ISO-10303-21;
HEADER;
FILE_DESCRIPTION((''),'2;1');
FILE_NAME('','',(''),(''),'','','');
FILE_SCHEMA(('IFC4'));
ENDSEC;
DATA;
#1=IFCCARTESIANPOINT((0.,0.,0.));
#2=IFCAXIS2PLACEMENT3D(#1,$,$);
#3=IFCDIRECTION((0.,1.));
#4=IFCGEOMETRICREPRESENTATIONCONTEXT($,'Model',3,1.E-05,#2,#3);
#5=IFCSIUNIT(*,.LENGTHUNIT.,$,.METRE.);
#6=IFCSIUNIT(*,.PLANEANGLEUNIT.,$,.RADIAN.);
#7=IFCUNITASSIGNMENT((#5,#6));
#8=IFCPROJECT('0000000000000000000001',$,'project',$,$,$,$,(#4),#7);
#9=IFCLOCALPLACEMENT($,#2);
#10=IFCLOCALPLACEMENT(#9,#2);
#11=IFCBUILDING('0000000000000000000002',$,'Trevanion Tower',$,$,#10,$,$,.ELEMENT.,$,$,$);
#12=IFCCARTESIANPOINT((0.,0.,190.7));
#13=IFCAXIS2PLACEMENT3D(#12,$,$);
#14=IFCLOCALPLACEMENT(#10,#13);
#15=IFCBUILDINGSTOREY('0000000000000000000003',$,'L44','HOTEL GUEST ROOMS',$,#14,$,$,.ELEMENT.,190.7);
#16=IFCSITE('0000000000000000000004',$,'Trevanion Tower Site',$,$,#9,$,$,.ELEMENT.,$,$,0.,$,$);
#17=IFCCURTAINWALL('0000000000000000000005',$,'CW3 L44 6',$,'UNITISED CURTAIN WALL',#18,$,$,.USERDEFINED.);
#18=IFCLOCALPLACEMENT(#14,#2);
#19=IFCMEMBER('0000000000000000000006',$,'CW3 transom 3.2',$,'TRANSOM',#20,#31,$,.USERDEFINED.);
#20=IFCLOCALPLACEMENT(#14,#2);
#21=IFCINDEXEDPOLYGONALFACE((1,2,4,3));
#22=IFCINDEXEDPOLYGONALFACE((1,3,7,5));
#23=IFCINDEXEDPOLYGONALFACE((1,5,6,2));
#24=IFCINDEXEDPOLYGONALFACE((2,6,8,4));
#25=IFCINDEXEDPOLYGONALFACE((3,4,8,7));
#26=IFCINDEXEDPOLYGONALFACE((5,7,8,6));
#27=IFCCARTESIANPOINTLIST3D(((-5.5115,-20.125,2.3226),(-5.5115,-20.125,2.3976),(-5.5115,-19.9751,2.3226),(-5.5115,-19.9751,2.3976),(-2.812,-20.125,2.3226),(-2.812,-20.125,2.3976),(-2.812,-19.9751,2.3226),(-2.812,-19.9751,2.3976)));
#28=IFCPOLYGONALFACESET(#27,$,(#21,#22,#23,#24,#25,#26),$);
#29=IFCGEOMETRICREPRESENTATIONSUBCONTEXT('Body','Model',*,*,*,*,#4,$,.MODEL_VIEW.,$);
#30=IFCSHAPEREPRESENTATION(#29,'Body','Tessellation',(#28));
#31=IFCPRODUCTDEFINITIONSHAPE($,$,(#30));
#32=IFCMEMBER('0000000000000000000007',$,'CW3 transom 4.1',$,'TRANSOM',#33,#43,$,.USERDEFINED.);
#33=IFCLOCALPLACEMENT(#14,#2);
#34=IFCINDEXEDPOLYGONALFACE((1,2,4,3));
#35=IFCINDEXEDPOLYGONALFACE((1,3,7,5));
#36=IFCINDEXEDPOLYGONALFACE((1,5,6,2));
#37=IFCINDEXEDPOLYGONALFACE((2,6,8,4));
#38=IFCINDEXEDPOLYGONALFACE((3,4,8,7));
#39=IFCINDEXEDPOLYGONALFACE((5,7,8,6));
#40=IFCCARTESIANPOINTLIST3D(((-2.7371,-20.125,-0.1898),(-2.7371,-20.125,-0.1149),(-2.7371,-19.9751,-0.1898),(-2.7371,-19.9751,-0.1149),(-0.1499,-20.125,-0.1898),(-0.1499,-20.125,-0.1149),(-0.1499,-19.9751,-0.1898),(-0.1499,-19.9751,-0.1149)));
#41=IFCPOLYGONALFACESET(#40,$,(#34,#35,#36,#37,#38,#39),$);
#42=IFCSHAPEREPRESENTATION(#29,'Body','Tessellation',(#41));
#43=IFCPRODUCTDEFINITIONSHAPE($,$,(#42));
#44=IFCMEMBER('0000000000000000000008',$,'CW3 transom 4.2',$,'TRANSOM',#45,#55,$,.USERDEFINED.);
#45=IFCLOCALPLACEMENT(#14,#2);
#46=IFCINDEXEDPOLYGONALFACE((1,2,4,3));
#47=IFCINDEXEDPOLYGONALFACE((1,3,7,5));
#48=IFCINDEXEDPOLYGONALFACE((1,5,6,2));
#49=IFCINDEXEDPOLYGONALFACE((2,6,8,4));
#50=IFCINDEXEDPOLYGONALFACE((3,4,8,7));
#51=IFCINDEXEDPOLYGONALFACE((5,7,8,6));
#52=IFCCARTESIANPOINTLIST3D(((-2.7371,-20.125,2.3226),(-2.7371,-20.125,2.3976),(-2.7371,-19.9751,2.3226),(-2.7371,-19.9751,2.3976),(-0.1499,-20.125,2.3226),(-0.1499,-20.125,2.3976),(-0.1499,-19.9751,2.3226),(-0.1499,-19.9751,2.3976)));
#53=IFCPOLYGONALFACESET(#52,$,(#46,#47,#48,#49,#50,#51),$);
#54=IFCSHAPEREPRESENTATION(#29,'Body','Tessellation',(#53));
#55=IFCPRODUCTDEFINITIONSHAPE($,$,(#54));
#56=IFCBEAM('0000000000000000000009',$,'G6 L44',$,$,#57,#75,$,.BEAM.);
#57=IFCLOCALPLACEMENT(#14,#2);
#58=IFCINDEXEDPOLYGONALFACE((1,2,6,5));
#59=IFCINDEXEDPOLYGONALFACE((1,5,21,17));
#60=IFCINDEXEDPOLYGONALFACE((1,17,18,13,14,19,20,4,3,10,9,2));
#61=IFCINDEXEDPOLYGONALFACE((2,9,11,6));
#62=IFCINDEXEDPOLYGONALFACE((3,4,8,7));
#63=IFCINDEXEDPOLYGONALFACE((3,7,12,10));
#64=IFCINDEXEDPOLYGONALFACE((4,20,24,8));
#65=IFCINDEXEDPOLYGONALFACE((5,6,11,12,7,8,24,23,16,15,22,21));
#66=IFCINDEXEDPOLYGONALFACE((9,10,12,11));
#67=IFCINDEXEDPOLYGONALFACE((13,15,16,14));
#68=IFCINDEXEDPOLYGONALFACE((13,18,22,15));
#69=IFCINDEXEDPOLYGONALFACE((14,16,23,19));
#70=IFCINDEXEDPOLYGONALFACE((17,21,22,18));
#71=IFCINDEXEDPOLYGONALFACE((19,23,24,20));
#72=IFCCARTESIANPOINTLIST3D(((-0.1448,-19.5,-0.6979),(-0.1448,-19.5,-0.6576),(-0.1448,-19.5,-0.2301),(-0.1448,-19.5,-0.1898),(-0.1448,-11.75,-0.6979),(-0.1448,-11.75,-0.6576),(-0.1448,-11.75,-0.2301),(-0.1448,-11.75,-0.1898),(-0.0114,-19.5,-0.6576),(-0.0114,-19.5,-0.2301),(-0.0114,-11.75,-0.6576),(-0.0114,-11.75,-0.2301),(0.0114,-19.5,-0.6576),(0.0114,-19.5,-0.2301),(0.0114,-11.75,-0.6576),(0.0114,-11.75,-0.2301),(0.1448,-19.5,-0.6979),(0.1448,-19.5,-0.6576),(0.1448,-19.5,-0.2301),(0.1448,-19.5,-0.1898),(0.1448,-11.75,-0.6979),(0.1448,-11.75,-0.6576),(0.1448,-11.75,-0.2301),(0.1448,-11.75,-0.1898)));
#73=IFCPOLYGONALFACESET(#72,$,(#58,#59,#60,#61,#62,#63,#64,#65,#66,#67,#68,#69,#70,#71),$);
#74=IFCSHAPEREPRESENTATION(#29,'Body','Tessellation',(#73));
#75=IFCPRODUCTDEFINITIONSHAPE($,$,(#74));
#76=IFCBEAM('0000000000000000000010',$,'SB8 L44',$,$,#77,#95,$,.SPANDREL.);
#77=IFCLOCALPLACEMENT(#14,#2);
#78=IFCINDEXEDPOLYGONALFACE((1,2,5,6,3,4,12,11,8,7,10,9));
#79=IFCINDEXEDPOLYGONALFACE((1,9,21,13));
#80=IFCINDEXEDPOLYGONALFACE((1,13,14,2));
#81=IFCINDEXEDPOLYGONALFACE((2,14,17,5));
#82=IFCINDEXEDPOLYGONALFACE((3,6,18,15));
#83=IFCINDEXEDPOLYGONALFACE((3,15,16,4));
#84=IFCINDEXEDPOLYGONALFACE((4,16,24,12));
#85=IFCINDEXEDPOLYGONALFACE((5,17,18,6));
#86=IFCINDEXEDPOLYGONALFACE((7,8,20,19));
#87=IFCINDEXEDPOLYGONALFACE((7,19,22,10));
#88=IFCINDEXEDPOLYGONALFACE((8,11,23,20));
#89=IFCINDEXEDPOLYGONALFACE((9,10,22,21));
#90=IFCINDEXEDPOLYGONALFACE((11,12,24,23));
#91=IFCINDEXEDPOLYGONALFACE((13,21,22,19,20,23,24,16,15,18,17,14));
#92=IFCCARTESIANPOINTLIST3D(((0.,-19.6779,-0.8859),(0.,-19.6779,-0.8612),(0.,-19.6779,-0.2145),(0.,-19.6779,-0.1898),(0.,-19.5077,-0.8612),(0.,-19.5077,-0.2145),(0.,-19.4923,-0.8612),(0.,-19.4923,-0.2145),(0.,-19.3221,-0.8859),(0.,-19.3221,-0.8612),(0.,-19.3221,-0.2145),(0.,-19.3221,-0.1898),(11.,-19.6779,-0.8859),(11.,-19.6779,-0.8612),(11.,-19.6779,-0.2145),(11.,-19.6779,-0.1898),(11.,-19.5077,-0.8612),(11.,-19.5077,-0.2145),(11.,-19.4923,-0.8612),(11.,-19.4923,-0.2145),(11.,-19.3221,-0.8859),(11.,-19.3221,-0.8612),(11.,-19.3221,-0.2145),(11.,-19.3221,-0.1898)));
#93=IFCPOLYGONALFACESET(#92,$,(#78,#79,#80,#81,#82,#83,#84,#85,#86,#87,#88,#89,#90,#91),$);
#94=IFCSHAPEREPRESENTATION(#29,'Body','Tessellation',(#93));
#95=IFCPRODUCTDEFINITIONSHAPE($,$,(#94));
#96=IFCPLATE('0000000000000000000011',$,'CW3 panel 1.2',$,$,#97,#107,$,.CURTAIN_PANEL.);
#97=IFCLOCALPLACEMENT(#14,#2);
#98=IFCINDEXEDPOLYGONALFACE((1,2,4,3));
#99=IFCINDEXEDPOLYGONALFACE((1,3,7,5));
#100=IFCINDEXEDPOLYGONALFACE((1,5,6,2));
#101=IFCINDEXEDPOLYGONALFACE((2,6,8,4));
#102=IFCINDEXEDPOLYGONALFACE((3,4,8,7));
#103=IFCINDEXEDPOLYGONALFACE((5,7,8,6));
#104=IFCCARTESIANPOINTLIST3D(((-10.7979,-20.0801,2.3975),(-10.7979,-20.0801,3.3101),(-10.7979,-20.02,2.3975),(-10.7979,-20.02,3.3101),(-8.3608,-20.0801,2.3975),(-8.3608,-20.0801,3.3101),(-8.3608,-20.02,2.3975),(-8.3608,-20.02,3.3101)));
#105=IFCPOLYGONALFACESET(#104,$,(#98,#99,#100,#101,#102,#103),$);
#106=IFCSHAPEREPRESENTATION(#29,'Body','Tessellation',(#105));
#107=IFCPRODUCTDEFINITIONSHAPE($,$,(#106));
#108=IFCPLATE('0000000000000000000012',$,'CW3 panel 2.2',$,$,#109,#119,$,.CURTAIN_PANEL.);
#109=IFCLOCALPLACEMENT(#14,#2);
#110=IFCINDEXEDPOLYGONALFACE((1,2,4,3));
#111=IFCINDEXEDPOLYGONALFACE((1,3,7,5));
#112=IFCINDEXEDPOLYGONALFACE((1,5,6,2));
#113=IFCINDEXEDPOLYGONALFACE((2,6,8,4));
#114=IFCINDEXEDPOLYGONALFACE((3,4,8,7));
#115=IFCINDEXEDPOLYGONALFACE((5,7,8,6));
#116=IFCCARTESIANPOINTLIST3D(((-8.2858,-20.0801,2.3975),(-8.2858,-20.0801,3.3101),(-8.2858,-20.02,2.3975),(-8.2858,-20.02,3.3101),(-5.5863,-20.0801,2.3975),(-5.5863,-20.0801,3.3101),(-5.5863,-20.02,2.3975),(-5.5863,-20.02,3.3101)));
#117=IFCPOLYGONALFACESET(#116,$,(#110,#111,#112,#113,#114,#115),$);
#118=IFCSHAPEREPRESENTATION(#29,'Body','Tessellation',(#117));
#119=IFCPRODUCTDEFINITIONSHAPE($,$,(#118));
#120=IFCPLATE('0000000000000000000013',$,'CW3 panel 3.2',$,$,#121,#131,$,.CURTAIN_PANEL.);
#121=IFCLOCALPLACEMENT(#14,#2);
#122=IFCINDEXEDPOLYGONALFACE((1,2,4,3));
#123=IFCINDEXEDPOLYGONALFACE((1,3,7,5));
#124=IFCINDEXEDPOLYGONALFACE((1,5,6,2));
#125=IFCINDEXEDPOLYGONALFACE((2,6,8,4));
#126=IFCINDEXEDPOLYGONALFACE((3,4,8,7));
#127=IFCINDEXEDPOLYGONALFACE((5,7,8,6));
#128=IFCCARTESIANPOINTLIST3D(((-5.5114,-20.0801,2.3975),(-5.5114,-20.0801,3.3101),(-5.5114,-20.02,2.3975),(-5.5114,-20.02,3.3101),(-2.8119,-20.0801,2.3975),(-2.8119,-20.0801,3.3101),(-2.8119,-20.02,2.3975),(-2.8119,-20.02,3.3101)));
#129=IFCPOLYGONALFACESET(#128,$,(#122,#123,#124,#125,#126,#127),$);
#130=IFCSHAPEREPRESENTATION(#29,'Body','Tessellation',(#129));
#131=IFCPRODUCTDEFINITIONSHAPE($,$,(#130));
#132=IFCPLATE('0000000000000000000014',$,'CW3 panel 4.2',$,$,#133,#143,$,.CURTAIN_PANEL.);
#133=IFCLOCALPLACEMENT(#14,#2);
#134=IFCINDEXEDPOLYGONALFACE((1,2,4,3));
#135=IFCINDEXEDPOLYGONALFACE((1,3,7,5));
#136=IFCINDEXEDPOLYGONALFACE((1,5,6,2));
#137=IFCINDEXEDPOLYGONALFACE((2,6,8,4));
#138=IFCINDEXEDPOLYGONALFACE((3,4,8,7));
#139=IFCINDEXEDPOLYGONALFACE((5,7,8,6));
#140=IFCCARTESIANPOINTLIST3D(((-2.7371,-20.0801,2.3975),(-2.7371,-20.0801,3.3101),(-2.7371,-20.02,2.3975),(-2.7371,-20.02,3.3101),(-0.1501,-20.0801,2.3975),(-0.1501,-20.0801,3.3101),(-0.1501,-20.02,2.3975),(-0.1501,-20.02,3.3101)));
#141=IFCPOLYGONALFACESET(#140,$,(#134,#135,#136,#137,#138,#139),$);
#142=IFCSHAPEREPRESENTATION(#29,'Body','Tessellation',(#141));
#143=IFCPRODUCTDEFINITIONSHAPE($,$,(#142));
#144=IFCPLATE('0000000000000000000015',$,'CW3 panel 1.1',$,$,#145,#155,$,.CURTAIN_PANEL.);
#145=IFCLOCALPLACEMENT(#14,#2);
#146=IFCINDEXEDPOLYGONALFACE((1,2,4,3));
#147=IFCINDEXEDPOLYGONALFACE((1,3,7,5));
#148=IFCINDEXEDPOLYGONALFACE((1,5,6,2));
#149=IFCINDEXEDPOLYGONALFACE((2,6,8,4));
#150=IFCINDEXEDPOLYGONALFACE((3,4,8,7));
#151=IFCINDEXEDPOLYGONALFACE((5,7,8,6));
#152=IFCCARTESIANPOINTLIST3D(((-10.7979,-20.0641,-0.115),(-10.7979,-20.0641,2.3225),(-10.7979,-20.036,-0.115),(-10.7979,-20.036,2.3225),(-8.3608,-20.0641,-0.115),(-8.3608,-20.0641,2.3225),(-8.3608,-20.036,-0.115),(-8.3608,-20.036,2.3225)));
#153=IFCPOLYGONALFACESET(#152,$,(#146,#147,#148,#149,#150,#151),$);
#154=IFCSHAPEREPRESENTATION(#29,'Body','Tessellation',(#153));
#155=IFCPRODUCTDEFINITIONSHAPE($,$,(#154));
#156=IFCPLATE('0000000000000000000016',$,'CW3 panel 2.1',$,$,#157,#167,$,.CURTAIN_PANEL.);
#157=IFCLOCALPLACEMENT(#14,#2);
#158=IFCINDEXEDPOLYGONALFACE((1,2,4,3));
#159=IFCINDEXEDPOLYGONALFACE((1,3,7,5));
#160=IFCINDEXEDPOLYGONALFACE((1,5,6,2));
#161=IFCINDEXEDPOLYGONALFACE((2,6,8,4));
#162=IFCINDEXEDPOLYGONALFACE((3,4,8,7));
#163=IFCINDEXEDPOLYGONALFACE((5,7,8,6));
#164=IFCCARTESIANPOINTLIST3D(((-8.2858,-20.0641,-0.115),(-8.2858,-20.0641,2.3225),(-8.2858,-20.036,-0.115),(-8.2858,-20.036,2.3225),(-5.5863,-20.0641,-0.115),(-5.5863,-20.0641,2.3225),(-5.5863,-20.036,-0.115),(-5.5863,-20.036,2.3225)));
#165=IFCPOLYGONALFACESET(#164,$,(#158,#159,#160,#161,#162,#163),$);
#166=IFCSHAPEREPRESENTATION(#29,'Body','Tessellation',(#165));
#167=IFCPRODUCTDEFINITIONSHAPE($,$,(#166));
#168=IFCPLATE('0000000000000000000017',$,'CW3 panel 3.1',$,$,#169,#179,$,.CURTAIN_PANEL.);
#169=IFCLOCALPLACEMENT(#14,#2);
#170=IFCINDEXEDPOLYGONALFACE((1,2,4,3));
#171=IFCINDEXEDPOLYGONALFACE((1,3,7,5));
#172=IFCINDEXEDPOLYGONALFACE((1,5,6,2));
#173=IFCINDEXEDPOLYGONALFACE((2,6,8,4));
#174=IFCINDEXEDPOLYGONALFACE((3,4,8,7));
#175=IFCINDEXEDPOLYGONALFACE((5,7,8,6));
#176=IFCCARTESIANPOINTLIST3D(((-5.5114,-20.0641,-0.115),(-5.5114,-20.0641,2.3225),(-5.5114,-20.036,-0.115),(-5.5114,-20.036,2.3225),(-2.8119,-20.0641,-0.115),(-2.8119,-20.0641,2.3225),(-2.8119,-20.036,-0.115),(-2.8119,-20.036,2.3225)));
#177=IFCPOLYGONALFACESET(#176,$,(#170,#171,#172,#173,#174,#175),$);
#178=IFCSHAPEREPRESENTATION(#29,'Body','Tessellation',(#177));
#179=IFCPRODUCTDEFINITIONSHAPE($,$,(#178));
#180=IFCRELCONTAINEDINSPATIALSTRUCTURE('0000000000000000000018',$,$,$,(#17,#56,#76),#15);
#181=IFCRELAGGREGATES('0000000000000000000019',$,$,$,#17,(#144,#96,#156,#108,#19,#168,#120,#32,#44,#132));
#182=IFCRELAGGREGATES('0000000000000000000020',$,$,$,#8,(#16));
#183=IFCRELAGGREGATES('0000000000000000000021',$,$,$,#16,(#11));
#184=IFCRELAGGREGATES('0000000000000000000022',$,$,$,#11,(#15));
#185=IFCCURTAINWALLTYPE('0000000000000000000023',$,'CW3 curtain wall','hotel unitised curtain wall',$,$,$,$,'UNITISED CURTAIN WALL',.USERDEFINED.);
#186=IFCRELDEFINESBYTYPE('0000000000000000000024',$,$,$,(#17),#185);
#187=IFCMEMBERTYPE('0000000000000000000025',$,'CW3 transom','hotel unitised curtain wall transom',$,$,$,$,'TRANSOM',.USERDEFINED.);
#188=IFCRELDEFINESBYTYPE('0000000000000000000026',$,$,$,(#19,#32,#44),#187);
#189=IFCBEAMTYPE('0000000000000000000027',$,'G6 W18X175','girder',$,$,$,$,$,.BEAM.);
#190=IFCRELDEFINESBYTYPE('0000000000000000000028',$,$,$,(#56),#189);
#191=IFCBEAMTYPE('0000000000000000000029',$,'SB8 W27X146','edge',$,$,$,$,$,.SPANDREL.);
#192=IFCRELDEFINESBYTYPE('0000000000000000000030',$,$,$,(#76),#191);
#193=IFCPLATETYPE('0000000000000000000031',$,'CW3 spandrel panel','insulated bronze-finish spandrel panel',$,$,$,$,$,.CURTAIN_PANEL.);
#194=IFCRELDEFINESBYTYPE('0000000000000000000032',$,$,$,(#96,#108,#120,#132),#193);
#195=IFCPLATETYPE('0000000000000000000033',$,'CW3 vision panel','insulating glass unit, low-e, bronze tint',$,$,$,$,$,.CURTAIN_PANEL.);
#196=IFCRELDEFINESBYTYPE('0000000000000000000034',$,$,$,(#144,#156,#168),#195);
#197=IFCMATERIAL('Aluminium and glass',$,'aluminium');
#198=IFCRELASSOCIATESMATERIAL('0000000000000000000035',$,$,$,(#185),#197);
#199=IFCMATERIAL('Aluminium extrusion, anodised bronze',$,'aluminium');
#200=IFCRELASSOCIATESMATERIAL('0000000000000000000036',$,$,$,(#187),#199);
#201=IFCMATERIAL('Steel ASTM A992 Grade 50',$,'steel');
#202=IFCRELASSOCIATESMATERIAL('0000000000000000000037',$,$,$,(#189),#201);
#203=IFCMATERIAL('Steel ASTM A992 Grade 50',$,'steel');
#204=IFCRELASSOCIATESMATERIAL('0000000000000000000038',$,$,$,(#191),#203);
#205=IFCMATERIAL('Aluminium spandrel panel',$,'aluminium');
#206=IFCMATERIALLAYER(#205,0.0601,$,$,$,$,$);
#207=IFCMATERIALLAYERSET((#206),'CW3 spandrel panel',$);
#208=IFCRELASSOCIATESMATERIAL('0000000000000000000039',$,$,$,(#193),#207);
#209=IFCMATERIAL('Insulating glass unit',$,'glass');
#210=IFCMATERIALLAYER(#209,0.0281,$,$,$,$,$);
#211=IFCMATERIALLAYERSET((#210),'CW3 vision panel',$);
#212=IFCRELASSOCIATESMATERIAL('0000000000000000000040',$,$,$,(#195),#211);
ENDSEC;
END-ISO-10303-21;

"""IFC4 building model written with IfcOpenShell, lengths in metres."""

from ifc_helpers import new_model, si_unit, direction, frame, origin, origin_2d, place, context, subcontext, project, spatial, rectangle, i_section, extrude, material, layer, layer_set, material_profile, profile_set, type_object, element, aggregate, save


model = new_model("IFC4")

# Units and contexts
model_context = context("Model", 3, precision=1e-05, world=origin(), true_north=direction((0.0, 1.0)))
body_context = subcontext(model_context, "Body", "Model", "MODEL_VIEW")
ifc_project = project(units=[si_unit("LENGTHUNIT", "METRE"), si_unit("PLANEANGLEUNIT", "RADIAN")], contexts=[model_context])

# Site, building, storey
site_placement = place(None, origin())
site = spatial("IfcSite", under=ifc_project, at=site_placement, Name="Trevanion Tower Site", CompositionType="ELEMENT", RefElevation=0.0)
building_placement = place(site_placement, origin())
building = spatial("IfcBuilding", under=site, at=building_placement, Name="Trevanion Tower", CompositionType="ELEMENT")
storey_placement = place(building_placement, frame((0.0, 0.0, 190.7)))
storey = spatial("IfcBuildingStorey", under=building, at=storey_placement, Name="L44", Description="HOTEL GUEST ROOMS", CompositionType="ELEMENT", Elevation=190.7)

# Curtain wall, members
ifc_material_1 = material(Name="Aluminium and glass", Category="aluminium")
curtain_wall_type = type_object("IfcCurtainWallType", Name="CW3 curtain wall", Description="hotel unitised curtain wall", ElementType="UNITISED CURTAIN WALL", PredefinedType="USERDEFINED", material=ifc_material_1)
curtain_wall_placement = place(storey_placement, origin())
curtain_wall = element("IfcCurtainWall", 1, at=curtain_wall_placement, inside=storey, type_object=curtain_wall_type, Name="CW3 L44 6", ObjectType="UNITISED CURTAIN WALL", PredefinedType="USERDEFINED")
ifc_material_2 = material(Name="Aluminium extrusion, anodised bronze", Category="aluminium")
ifc_material_profile_1 = material_profile(ifc_material_2, rectangle(XDim=0.1499, YDim=0.075, at=origin_2d()), Name="CW3 transom")
ifc_profile_set_1 = profile_set([ifc_material_profile_1], Name="Aluminium extrusion, anodised bronze")
member_type_1 = type_object("IfcMemberType", Name="CW3 transom", Description="hotel unitised curtain wall transom", ElementType="TRANSOM", PredefinedType="USERDEFINED", material=ifc_profile_set_1)
member_1_placement = place(storey_placement, frame((-5.5115, -20.05, 2.3601), z_axis=(1.0, 0.0, 0.0), x_axis=(0.0, 1.0, 0.0)))
member_1 = element("IfcMember", 2, at=member_1_placement, type_object=member_type_1, Name="CW3 transom 3.2", ObjectType="TRANSOM", PredefinedType="USERDEFINED", context=body_context, shape_type="SweptSolid", body=[
    extrude(rectangle(XDim=0.1499, YDim=0.075, at=origin_2d()), origin(), (0.0, 0.0, 1.0), 2.6995),
])
member_2_placement = place(storey_placement, frame((-2.7371, -20.05, -0.1523), z_axis=(1.0, 0.0, 0.0), x_axis=(0.0, 1.0, 0.0)))
member_2 = element("IfcMember", 3, at=member_2_placement, type_object=member_type_1, Name="CW3 transom 4.1", ObjectType="TRANSOM", PredefinedType="USERDEFINED", context=body_context, shape_type="SweptSolid", body=[
    extrude(rectangle(XDim=0.1499, YDim=0.075, at=origin_2d()), origin(), (0.0, 0.0, 1.0), 2.5872),
])
member_3_placement = place(storey_placement, frame((-2.7371, -20.05, 2.3601), z_axis=(1.0, 0.0, 0.0), x_axis=(0.0, 1.0, 0.0)))
member_3 = element("IfcMember", 4, at=member_3_placement, type_object=member_type_1, Name="CW3 transom 4.2", ObjectType="TRANSOM", PredefinedType="USERDEFINED", context=body_context, shape_type="SweptSolid", body=[
    extrude(rectangle(XDim=0.1499, YDim=0.075, at=origin_2d()), origin(), (0.0, 0.0, 1.0), 2.5872),
])

# Beams
ifc_material_3 = material(Name="Steel ASTM A992 Grade 50", Category="steel")
ifc_material_profile_2 = material_profile(ifc_material_3, i_section(OverallWidth=0.2896, OverallDepth=0.5081, WebThickness=0.0227, FlangeThickness=0.0403, at=origin_2d()), Name="W18X175")
ifc_profile_set_2 = profile_set([ifc_material_profile_2], Name="Steel ASTM A992 Grade 50")
beam_type_1 = type_object("IfcBeamType", Name="G6 W18X175", Description="girder", PredefinedType="BEAM", material=ifc_profile_set_2)
beam_1_placement = place(storey_placement, frame((0.0, -11.75, -0.4438), z_axis=(0.0, -1.0, 0.0), x_axis=(1.0, 0.0, 0.0)))
element("IfcBeam", 5, at=beam_1_placement, inside=storey, type_object=beam_type_1, Name="G6 L44", PredefinedType="BEAM", context=body_context, shape_type="SweptSolid", body=[
    extrude(i_section(OverallWidth=0.2896, OverallDepth=0.5081, WebThickness=0.0227, FlangeThickness=0.0403, at=origin_2d()), origin(), (0.0, 0.0, 1.0), 7.75),
])
ifc_material_4 = material(Name="Steel ASTM A992 Grade 50", Category="steel")
ifc_material_profile_3 = material_profile(ifc_material_4, i_section(OverallWidth=0.3557, OverallDepth=0.696, WebThickness=0.0154, FlangeThickness=0.0247, at=origin_2d()), Name="W27X146")
ifc_profile_set_3 = profile_set([ifc_material_profile_3], Name="Steel ASTM A992 Grade 50")
beam_type_2 = type_object("IfcBeamType", Name="SB8 W27X146", Description="edge", PredefinedType="SPANDREL", material=ifc_profile_set_3)
beam_2_placement = place(storey_placement, frame((0.0, -19.5, -0.5378), z_axis=(1.0, 0.0, 0.0), x_axis=(0.0, 1.0, 0.0)))
element("IfcBeam", 6, at=beam_2_placement, inside=storey, type_object=beam_type_2, Name="SB8 L44", PredefinedType="SPANDREL", context=body_context, shape_type="SweptSolid", body=[
    extrude(i_section(OverallWidth=0.3557, OverallDepth=0.696, WebThickness=0.0154, FlangeThickness=0.0247, at=origin_2d()), origin(), (0.0, 0.0, 1.0), 11.0),
])

# Plates
ifc_material_5 = material(Name="Aluminium spandrel panel", Category="aluminium")
ifc_layer_1 = layer(ifc_material_5, 0.0601)
ifc_layer_set_1 = layer_set([ifc_layer_1], Name="CW3 spandrel panel")
plate_type_1 = type_object("IfcPlateType", Name="CW3 spandrel panel", Description="insulated bronze-finish spandrel panel", PredefinedType="CURTAIN_PANEL", material=ifc_layer_set_1)
plate_1_placement = place(storey_placement, frame((-9.5793, -20.05, 2.3975), z_axis=(0.0, 0.0, 1.0), x_axis=(1.0, 0.0, 0.0)))
plate_1 = element("IfcPlate", 7, at=plate_1_placement, type_object=plate_type_1, Name="CW3 panel 1.2", PredefinedType="CURTAIN_PANEL", context=body_context, shape_type="SweptSolid", body=[
    extrude(rectangle(XDim=2.437, YDim=0.0601, at=origin_2d()), origin(), (0.0, 0.0, 1.0), 0.9126),
])
plate_2_placement = place(storey_placement, frame((-6.936, -20.05, 2.3975), z_axis=(0.0, 0.0, 1.0), x_axis=(1.0, 0.0, 0.0)))
plate_2 = element("IfcPlate", 8, at=plate_2_placement, type_object=plate_type_1, Name="CW3 panel 2.2", PredefinedType="CURTAIN_PANEL", context=body_context, shape_type="SweptSolid", body=[
    extrude(rectangle(XDim=2.6995, YDim=0.0601, at=origin_2d()), origin(), (0.0, 0.0, 1.0), 0.9126),
])
plate_3_placement = place(storey_placement, frame((-4.1616, -20.05, 2.3975), z_axis=(0.0, 0.0, 1.0), x_axis=(1.0, 0.0, 0.0)))
plate_3 = element("IfcPlate", 9, at=plate_3_placement, type_object=plate_type_1, Name="CW3 panel 3.2", PredefinedType="CURTAIN_PANEL", context=body_context, shape_type="SweptSolid", body=[
    extrude(rectangle(XDim=2.6995, YDim=0.0601, at=origin_2d()), origin(), (0.0, 0.0, 1.0), 0.9126),
])
plate_4_placement = place(storey_placement, frame((-1.4436, -20.05, 2.3975), z_axis=(0.0, 0.0, 1.0), x_axis=(1.0, 0.0, 0.0)))
plate_4 = element("IfcPlate", 10, at=plate_4_placement, type_object=plate_type_1, Name="CW3 panel 4.2", PredefinedType="CURTAIN_PANEL", context=body_context, shape_type="SweptSolid", body=[
    extrude(rectangle(XDim=2.5869, YDim=0.0601, at=origin_2d()), origin(), (0.0, 0.0, 1.0), 0.9126),
])
ifc_material_6 = material(Name="Insulating glass unit", Category="glass")
ifc_layer_2 = layer(ifc_material_6, 0.0281)
ifc_layer_set_2 = layer_set([ifc_layer_2], Name="CW3 vision panel")
plate_type_2 = type_object("IfcPlateType", Name="CW3 vision panel", Description="insulating glass unit, low-e, bronze tint", PredefinedType="CURTAIN_PANEL", material=ifc_layer_set_2)
plate_5_placement = place(storey_placement, frame((-9.5793, -20.05, -0.115), z_axis=(0.0, 0.0, 1.0), x_axis=(1.0, 0.0, 0.0)))
plate_5 = element("IfcPlate", 11, at=plate_5_placement, type_object=plate_type_2, Name="CW3 panel 1.1", PredefinedType="CURTAIN_PANEL", context=body_context, shape_type="SweptSolid", body=[
    extrude(rectangle(XDim=2.437, YDim=0.0281, at=origin_2d()), origin(), (0.0, 0.0, 1.0), 2.4375),
])
plate_6_placement = place(storey_placement, frame((-6.936, -20.05, -0.115), z_axis=(0.0, 0.0, 1.0), x_axis=(1.0, 0.0, 0.0)))
plate_6 = element("IfcPlate", 12, at=plate_6_placement, type_object=plate_type_2, Name="CW3 panel 2.1", PredefinedType="CURTAIN_PANEL", context=body_context, shape_type="SweptSolid", body=[
    extrude(rectangle(XDim=2.6995, YDim=0.0281, at=origin_2d()), origin(), (0.0, 0.0, 1.0), 2.4375),
])
plate_7_placement = place(storey_placement, frame((-4.1616, -20.05, -0.115), z_axis=(0.0, 0.0, 1.0), x_axis=(1.0, 0.0, 0.0)))
plate_7 = element("IfcPlate", 13, at=plate_7_placement, type_object=plate_type_2, Name="CW3 panel 3.1", PredefinedType="CURTAIN_PANEL", context=body_context, shape_type="SweptSolid", body=[
    extrude(rectangle(XDim=2.6995, YDim=0.0281, at=origin_2d()), origin(), (0.0, 0.0, 1.0), 2.4375),
])
aggregate(curtain_wall, [plate_5, plate_1, plate_6, plate_2, member_1, plate_7, plate_3, member_2, member_3, plate_4])

save(model, "model.ifc")
